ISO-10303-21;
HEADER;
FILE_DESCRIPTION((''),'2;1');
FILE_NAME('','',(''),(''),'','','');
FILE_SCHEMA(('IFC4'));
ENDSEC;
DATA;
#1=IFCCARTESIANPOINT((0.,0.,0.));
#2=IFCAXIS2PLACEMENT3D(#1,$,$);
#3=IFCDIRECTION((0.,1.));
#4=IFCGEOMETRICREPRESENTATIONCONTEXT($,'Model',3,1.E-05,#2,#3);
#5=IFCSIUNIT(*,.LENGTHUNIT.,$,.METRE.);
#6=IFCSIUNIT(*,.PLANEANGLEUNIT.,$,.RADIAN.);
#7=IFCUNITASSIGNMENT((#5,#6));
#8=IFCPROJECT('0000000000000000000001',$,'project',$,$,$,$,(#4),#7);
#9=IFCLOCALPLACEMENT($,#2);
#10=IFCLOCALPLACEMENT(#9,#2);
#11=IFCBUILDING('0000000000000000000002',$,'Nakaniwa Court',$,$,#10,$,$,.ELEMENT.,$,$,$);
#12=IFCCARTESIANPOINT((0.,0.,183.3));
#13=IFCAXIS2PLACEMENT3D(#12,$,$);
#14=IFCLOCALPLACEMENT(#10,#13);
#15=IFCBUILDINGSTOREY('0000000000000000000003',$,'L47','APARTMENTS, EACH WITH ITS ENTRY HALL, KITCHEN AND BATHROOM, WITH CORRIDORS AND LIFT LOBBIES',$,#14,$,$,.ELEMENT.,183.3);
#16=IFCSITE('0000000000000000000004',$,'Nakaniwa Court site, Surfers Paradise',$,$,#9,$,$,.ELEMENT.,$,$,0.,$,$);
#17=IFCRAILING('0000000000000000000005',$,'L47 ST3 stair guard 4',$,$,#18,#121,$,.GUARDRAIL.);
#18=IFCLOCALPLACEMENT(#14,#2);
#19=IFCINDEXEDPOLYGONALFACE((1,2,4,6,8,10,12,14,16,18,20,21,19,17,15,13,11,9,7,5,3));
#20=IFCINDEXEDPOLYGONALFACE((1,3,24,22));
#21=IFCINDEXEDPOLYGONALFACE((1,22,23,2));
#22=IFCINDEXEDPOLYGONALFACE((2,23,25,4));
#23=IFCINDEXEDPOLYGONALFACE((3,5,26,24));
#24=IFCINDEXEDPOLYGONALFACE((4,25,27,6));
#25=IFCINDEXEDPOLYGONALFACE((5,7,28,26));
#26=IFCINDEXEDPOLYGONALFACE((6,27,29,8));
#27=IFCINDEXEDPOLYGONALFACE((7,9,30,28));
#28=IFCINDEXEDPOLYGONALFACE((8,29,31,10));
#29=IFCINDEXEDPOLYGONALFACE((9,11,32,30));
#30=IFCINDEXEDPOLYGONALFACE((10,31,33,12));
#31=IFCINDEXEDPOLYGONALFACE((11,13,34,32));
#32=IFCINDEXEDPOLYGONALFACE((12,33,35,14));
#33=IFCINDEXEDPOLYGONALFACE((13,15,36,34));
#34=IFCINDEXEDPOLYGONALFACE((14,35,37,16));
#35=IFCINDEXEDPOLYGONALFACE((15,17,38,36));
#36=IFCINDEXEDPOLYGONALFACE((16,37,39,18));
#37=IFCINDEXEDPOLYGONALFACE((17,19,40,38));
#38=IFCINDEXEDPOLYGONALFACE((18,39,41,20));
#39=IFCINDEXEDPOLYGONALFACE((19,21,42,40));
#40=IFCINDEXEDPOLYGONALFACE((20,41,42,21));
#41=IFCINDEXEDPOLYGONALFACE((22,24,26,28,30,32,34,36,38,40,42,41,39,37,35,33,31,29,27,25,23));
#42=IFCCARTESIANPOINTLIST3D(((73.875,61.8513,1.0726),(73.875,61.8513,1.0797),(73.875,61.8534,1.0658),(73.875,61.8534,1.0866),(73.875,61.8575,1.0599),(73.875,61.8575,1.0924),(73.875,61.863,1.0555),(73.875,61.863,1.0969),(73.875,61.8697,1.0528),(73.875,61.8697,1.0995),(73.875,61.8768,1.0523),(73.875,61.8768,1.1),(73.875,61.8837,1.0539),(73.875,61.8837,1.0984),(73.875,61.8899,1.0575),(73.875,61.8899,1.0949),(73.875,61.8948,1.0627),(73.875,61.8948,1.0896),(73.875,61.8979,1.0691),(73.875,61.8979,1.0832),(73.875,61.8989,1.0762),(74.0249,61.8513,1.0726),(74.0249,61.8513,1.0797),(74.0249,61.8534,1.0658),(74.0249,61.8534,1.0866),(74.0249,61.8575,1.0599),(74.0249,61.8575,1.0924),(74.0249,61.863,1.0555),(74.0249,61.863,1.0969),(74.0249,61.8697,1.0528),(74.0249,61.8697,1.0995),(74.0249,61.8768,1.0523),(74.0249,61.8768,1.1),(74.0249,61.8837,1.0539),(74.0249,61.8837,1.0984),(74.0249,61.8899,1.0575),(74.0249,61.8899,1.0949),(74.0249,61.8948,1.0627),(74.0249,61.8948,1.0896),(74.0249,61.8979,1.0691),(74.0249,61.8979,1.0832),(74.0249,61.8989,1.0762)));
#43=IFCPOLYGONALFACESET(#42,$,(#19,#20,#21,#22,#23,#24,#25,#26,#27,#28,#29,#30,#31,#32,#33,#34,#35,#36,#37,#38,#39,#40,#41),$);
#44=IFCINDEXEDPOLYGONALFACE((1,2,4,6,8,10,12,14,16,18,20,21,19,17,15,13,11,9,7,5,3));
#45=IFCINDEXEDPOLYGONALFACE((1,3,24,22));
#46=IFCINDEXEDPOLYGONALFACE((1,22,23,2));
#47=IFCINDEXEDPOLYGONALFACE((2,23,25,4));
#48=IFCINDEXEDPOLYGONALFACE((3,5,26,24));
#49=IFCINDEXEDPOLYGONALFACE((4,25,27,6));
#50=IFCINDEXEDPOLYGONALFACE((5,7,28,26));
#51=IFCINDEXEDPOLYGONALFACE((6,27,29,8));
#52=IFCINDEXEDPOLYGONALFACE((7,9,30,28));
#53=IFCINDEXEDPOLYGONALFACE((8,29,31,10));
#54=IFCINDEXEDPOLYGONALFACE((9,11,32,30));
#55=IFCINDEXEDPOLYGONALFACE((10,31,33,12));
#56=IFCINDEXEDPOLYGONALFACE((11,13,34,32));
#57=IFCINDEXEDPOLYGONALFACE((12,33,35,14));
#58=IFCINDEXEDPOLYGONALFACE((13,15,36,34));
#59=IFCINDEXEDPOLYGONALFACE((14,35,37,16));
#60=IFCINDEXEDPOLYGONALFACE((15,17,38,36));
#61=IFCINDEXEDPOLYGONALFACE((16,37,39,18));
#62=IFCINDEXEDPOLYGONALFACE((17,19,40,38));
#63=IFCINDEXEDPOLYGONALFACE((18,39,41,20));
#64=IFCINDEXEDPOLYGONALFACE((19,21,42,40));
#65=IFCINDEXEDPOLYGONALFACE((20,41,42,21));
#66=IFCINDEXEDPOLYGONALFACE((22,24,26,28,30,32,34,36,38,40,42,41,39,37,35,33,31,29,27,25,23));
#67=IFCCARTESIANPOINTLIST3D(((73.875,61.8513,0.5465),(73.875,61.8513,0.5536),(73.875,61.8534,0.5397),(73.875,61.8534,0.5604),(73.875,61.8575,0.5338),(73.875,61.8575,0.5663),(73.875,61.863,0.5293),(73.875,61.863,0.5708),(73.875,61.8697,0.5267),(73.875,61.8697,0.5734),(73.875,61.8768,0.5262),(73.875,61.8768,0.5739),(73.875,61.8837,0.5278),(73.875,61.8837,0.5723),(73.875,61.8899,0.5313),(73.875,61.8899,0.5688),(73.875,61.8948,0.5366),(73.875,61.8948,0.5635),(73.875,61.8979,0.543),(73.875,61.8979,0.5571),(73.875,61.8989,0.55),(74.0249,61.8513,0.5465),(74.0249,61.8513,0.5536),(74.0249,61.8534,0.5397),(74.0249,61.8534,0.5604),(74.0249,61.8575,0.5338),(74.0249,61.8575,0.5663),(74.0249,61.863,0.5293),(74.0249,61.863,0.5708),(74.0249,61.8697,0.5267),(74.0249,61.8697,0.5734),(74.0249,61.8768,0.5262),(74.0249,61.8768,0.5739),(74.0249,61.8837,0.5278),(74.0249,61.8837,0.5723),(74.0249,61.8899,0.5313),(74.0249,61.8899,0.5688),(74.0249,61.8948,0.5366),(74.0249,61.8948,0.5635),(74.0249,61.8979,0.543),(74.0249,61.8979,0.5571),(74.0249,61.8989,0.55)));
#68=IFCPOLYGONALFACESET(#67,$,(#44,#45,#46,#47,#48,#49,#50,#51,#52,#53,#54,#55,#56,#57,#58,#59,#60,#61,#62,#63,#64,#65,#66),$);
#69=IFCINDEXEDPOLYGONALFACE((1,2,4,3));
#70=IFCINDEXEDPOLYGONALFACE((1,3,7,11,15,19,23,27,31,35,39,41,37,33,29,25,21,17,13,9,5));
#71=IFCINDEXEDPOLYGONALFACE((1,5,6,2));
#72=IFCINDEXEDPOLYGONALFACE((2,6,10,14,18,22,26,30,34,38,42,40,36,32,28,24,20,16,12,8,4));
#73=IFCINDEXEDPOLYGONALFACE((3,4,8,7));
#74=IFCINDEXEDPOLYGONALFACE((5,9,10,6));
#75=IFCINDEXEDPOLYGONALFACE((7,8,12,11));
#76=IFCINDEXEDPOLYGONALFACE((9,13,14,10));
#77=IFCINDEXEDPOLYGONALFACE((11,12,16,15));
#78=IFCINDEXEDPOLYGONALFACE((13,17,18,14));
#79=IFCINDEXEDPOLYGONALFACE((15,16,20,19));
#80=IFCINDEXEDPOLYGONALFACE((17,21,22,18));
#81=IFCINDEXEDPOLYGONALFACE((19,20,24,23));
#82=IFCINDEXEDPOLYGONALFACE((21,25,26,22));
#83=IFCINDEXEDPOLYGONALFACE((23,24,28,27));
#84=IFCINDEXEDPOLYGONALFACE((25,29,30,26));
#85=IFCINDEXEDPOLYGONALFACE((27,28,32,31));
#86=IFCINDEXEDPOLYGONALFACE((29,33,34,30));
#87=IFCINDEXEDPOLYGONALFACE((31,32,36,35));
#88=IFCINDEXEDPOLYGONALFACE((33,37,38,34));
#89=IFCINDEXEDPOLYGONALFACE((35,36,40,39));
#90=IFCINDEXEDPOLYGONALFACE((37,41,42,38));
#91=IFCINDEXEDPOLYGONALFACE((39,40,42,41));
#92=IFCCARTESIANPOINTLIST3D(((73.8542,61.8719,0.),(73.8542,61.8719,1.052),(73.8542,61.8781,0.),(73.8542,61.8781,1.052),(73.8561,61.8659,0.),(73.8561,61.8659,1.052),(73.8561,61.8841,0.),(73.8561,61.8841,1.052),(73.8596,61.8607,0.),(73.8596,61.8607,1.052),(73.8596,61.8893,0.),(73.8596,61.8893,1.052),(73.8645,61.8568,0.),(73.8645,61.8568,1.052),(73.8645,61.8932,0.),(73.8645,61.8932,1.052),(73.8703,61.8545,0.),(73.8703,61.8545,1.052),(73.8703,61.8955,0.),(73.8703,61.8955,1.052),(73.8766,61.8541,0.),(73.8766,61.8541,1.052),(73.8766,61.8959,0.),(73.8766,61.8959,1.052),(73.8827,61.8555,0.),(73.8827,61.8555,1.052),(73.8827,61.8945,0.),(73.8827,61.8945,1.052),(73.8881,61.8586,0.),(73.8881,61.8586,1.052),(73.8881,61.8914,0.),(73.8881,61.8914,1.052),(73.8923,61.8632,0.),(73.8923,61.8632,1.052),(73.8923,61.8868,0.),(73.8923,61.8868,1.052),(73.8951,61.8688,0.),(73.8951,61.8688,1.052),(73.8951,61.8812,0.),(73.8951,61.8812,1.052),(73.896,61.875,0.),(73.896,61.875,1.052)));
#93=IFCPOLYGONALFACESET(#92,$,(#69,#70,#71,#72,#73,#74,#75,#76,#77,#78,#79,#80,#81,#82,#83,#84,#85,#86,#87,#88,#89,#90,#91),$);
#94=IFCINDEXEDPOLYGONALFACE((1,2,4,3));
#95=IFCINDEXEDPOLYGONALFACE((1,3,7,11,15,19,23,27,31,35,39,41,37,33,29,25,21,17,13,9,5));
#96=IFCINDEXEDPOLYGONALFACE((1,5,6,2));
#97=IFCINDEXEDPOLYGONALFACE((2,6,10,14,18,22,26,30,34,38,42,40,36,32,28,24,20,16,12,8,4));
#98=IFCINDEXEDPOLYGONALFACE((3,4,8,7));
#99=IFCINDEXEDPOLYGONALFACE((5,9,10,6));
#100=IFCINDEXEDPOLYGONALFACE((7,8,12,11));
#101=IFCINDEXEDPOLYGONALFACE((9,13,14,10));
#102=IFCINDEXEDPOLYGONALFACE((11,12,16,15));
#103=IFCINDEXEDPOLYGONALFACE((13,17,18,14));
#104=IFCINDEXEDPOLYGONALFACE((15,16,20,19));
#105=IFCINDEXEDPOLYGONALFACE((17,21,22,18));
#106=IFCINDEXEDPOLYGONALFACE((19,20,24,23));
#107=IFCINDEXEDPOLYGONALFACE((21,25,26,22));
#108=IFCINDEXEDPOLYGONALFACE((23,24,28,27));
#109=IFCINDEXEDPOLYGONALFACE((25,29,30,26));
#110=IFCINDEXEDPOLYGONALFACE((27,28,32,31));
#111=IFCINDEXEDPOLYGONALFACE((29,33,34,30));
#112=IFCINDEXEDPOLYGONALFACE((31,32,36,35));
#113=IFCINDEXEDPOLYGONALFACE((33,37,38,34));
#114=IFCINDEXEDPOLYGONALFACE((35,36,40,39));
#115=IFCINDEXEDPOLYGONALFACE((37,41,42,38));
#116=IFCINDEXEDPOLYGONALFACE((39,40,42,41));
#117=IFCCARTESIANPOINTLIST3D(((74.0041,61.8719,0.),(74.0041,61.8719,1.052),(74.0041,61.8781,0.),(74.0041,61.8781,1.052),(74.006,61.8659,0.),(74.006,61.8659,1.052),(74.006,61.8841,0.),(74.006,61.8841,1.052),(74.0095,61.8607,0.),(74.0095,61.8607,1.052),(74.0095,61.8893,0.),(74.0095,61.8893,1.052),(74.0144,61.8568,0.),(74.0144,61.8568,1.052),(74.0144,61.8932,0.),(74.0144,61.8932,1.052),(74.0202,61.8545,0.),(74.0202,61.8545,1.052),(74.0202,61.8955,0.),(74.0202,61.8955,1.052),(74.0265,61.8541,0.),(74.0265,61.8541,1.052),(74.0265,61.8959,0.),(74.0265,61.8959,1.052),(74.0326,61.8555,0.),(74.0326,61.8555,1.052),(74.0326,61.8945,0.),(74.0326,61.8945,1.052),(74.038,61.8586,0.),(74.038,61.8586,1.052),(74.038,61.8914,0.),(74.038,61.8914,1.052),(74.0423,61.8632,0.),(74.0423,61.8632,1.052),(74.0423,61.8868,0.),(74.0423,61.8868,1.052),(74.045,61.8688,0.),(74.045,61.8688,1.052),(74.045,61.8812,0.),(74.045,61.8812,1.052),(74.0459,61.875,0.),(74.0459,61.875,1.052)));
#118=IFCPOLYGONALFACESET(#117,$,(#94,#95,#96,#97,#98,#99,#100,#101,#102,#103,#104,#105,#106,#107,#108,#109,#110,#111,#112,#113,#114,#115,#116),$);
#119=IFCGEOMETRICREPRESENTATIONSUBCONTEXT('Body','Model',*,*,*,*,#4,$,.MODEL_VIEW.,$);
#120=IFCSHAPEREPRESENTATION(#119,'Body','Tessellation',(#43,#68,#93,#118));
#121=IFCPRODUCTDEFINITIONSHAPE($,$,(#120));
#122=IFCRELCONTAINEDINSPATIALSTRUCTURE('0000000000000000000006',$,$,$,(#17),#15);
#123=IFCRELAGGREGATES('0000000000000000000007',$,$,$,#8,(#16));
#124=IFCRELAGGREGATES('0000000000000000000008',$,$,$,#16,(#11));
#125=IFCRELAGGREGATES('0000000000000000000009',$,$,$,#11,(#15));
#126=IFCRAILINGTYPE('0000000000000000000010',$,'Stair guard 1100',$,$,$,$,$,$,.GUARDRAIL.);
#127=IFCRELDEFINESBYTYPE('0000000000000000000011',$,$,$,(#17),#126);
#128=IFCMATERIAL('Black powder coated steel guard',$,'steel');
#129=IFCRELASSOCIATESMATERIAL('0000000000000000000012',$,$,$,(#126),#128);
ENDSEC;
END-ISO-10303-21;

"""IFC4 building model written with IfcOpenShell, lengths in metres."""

from ifc_helpers import new_model, si_unit, direction, frame, origin, origin_2d, place, context, subcontext, project, spatial, circle, extrude, material, type_object, element, save


model = new_model("IFC4")

# Units and contexts
model_context = context("Model", 3, precision=1e-05, world=origin(), true_north=direction((0.0, 1.0)))
body_context = subcontext(model_context, "Body", "Model", "MODEL_VIEW")
ifc_project = project(units=[si_unit("LENGTHUNIT", "METRE"), si_unit("PLANEANGLEUNIT", "RADIAN")], contexts=[model_context])

# Site, building, storey
site_placement = place(None, origin())
site = spatial("IfcSite", under=ifc_project, at=site_placement, Name="Nakaniwa Court site, Surfers Paradise", CompositionType="ELEMENT", RefElevation=0.0)
building_placement = place(site_placement, origin())
building = spatial("IfcBuilding", under=site, at=building_placement, Name="Nakaniwa Court", CompositionType="ELEMENT")
storey_placement = place(building_placement, frame((0.0, 0.0, 183.3)))
storey = spatial("IfcBuildingStorey", under=building, at=storey_placement, Name="L47", Description="APARTMENTS, EACH WITH ITS ENTRY HALL, KITCHEN AND BATHROOM, WITH CORRIDORS AND LIFT LOBBIES", CompositionType="ELEMENT", Elevation=183.3)

# Railing
ifc_material_1 = material(Name="Black powder coated steel guard", Category="steel")
railing_type_1 = type_object("IfcRailingType", Name="Stair guard 1100", PredefinedType="GUARDRAIL", material=ifc_material_1)
railing_1_placement = place(storey_placement, frame((73.875, 61.875, 0.0)))
element("IfcRailing", 1, at=railing_1_placement, inside=storey, type_object=railing_type_1, Name="L47 ST3 stair guard 4", PredefinedType="GUARDRAIL", context=body_context, shape_type="SweptSolid", body=[
    extrude(circle(Radius=0.0239, at=origin_2d()), frame((0.0, 0.0, 1.0762), z_axis=(1.0, 0.0, 0.0), x_axis=(0.0, 1.0, 0.0)), (0.0, 0.0, 1.0), 0.1499),
    extrude(circle(Radius=0.0239, at=origin_2d()), frame((0.0, 0.0, 0.55), z_axis=(1.0, 0.0, 0.0), x_axis=(0.0, 1.0, 0.0)), (0.0, 0.0, 1.0), 0.1499),
    extrude(circle(Radius=0.021, at=origin_2d()), origin(), (0.0, 0.0, 1.0), 1.052),
    extrude(circle(Radius=0.021, at=origin_2d()), frame((0.1499, 0.0, 0.0)), (0.0, 0.0, 1.0), 1.052),
])

save(model, "model.ifc")
